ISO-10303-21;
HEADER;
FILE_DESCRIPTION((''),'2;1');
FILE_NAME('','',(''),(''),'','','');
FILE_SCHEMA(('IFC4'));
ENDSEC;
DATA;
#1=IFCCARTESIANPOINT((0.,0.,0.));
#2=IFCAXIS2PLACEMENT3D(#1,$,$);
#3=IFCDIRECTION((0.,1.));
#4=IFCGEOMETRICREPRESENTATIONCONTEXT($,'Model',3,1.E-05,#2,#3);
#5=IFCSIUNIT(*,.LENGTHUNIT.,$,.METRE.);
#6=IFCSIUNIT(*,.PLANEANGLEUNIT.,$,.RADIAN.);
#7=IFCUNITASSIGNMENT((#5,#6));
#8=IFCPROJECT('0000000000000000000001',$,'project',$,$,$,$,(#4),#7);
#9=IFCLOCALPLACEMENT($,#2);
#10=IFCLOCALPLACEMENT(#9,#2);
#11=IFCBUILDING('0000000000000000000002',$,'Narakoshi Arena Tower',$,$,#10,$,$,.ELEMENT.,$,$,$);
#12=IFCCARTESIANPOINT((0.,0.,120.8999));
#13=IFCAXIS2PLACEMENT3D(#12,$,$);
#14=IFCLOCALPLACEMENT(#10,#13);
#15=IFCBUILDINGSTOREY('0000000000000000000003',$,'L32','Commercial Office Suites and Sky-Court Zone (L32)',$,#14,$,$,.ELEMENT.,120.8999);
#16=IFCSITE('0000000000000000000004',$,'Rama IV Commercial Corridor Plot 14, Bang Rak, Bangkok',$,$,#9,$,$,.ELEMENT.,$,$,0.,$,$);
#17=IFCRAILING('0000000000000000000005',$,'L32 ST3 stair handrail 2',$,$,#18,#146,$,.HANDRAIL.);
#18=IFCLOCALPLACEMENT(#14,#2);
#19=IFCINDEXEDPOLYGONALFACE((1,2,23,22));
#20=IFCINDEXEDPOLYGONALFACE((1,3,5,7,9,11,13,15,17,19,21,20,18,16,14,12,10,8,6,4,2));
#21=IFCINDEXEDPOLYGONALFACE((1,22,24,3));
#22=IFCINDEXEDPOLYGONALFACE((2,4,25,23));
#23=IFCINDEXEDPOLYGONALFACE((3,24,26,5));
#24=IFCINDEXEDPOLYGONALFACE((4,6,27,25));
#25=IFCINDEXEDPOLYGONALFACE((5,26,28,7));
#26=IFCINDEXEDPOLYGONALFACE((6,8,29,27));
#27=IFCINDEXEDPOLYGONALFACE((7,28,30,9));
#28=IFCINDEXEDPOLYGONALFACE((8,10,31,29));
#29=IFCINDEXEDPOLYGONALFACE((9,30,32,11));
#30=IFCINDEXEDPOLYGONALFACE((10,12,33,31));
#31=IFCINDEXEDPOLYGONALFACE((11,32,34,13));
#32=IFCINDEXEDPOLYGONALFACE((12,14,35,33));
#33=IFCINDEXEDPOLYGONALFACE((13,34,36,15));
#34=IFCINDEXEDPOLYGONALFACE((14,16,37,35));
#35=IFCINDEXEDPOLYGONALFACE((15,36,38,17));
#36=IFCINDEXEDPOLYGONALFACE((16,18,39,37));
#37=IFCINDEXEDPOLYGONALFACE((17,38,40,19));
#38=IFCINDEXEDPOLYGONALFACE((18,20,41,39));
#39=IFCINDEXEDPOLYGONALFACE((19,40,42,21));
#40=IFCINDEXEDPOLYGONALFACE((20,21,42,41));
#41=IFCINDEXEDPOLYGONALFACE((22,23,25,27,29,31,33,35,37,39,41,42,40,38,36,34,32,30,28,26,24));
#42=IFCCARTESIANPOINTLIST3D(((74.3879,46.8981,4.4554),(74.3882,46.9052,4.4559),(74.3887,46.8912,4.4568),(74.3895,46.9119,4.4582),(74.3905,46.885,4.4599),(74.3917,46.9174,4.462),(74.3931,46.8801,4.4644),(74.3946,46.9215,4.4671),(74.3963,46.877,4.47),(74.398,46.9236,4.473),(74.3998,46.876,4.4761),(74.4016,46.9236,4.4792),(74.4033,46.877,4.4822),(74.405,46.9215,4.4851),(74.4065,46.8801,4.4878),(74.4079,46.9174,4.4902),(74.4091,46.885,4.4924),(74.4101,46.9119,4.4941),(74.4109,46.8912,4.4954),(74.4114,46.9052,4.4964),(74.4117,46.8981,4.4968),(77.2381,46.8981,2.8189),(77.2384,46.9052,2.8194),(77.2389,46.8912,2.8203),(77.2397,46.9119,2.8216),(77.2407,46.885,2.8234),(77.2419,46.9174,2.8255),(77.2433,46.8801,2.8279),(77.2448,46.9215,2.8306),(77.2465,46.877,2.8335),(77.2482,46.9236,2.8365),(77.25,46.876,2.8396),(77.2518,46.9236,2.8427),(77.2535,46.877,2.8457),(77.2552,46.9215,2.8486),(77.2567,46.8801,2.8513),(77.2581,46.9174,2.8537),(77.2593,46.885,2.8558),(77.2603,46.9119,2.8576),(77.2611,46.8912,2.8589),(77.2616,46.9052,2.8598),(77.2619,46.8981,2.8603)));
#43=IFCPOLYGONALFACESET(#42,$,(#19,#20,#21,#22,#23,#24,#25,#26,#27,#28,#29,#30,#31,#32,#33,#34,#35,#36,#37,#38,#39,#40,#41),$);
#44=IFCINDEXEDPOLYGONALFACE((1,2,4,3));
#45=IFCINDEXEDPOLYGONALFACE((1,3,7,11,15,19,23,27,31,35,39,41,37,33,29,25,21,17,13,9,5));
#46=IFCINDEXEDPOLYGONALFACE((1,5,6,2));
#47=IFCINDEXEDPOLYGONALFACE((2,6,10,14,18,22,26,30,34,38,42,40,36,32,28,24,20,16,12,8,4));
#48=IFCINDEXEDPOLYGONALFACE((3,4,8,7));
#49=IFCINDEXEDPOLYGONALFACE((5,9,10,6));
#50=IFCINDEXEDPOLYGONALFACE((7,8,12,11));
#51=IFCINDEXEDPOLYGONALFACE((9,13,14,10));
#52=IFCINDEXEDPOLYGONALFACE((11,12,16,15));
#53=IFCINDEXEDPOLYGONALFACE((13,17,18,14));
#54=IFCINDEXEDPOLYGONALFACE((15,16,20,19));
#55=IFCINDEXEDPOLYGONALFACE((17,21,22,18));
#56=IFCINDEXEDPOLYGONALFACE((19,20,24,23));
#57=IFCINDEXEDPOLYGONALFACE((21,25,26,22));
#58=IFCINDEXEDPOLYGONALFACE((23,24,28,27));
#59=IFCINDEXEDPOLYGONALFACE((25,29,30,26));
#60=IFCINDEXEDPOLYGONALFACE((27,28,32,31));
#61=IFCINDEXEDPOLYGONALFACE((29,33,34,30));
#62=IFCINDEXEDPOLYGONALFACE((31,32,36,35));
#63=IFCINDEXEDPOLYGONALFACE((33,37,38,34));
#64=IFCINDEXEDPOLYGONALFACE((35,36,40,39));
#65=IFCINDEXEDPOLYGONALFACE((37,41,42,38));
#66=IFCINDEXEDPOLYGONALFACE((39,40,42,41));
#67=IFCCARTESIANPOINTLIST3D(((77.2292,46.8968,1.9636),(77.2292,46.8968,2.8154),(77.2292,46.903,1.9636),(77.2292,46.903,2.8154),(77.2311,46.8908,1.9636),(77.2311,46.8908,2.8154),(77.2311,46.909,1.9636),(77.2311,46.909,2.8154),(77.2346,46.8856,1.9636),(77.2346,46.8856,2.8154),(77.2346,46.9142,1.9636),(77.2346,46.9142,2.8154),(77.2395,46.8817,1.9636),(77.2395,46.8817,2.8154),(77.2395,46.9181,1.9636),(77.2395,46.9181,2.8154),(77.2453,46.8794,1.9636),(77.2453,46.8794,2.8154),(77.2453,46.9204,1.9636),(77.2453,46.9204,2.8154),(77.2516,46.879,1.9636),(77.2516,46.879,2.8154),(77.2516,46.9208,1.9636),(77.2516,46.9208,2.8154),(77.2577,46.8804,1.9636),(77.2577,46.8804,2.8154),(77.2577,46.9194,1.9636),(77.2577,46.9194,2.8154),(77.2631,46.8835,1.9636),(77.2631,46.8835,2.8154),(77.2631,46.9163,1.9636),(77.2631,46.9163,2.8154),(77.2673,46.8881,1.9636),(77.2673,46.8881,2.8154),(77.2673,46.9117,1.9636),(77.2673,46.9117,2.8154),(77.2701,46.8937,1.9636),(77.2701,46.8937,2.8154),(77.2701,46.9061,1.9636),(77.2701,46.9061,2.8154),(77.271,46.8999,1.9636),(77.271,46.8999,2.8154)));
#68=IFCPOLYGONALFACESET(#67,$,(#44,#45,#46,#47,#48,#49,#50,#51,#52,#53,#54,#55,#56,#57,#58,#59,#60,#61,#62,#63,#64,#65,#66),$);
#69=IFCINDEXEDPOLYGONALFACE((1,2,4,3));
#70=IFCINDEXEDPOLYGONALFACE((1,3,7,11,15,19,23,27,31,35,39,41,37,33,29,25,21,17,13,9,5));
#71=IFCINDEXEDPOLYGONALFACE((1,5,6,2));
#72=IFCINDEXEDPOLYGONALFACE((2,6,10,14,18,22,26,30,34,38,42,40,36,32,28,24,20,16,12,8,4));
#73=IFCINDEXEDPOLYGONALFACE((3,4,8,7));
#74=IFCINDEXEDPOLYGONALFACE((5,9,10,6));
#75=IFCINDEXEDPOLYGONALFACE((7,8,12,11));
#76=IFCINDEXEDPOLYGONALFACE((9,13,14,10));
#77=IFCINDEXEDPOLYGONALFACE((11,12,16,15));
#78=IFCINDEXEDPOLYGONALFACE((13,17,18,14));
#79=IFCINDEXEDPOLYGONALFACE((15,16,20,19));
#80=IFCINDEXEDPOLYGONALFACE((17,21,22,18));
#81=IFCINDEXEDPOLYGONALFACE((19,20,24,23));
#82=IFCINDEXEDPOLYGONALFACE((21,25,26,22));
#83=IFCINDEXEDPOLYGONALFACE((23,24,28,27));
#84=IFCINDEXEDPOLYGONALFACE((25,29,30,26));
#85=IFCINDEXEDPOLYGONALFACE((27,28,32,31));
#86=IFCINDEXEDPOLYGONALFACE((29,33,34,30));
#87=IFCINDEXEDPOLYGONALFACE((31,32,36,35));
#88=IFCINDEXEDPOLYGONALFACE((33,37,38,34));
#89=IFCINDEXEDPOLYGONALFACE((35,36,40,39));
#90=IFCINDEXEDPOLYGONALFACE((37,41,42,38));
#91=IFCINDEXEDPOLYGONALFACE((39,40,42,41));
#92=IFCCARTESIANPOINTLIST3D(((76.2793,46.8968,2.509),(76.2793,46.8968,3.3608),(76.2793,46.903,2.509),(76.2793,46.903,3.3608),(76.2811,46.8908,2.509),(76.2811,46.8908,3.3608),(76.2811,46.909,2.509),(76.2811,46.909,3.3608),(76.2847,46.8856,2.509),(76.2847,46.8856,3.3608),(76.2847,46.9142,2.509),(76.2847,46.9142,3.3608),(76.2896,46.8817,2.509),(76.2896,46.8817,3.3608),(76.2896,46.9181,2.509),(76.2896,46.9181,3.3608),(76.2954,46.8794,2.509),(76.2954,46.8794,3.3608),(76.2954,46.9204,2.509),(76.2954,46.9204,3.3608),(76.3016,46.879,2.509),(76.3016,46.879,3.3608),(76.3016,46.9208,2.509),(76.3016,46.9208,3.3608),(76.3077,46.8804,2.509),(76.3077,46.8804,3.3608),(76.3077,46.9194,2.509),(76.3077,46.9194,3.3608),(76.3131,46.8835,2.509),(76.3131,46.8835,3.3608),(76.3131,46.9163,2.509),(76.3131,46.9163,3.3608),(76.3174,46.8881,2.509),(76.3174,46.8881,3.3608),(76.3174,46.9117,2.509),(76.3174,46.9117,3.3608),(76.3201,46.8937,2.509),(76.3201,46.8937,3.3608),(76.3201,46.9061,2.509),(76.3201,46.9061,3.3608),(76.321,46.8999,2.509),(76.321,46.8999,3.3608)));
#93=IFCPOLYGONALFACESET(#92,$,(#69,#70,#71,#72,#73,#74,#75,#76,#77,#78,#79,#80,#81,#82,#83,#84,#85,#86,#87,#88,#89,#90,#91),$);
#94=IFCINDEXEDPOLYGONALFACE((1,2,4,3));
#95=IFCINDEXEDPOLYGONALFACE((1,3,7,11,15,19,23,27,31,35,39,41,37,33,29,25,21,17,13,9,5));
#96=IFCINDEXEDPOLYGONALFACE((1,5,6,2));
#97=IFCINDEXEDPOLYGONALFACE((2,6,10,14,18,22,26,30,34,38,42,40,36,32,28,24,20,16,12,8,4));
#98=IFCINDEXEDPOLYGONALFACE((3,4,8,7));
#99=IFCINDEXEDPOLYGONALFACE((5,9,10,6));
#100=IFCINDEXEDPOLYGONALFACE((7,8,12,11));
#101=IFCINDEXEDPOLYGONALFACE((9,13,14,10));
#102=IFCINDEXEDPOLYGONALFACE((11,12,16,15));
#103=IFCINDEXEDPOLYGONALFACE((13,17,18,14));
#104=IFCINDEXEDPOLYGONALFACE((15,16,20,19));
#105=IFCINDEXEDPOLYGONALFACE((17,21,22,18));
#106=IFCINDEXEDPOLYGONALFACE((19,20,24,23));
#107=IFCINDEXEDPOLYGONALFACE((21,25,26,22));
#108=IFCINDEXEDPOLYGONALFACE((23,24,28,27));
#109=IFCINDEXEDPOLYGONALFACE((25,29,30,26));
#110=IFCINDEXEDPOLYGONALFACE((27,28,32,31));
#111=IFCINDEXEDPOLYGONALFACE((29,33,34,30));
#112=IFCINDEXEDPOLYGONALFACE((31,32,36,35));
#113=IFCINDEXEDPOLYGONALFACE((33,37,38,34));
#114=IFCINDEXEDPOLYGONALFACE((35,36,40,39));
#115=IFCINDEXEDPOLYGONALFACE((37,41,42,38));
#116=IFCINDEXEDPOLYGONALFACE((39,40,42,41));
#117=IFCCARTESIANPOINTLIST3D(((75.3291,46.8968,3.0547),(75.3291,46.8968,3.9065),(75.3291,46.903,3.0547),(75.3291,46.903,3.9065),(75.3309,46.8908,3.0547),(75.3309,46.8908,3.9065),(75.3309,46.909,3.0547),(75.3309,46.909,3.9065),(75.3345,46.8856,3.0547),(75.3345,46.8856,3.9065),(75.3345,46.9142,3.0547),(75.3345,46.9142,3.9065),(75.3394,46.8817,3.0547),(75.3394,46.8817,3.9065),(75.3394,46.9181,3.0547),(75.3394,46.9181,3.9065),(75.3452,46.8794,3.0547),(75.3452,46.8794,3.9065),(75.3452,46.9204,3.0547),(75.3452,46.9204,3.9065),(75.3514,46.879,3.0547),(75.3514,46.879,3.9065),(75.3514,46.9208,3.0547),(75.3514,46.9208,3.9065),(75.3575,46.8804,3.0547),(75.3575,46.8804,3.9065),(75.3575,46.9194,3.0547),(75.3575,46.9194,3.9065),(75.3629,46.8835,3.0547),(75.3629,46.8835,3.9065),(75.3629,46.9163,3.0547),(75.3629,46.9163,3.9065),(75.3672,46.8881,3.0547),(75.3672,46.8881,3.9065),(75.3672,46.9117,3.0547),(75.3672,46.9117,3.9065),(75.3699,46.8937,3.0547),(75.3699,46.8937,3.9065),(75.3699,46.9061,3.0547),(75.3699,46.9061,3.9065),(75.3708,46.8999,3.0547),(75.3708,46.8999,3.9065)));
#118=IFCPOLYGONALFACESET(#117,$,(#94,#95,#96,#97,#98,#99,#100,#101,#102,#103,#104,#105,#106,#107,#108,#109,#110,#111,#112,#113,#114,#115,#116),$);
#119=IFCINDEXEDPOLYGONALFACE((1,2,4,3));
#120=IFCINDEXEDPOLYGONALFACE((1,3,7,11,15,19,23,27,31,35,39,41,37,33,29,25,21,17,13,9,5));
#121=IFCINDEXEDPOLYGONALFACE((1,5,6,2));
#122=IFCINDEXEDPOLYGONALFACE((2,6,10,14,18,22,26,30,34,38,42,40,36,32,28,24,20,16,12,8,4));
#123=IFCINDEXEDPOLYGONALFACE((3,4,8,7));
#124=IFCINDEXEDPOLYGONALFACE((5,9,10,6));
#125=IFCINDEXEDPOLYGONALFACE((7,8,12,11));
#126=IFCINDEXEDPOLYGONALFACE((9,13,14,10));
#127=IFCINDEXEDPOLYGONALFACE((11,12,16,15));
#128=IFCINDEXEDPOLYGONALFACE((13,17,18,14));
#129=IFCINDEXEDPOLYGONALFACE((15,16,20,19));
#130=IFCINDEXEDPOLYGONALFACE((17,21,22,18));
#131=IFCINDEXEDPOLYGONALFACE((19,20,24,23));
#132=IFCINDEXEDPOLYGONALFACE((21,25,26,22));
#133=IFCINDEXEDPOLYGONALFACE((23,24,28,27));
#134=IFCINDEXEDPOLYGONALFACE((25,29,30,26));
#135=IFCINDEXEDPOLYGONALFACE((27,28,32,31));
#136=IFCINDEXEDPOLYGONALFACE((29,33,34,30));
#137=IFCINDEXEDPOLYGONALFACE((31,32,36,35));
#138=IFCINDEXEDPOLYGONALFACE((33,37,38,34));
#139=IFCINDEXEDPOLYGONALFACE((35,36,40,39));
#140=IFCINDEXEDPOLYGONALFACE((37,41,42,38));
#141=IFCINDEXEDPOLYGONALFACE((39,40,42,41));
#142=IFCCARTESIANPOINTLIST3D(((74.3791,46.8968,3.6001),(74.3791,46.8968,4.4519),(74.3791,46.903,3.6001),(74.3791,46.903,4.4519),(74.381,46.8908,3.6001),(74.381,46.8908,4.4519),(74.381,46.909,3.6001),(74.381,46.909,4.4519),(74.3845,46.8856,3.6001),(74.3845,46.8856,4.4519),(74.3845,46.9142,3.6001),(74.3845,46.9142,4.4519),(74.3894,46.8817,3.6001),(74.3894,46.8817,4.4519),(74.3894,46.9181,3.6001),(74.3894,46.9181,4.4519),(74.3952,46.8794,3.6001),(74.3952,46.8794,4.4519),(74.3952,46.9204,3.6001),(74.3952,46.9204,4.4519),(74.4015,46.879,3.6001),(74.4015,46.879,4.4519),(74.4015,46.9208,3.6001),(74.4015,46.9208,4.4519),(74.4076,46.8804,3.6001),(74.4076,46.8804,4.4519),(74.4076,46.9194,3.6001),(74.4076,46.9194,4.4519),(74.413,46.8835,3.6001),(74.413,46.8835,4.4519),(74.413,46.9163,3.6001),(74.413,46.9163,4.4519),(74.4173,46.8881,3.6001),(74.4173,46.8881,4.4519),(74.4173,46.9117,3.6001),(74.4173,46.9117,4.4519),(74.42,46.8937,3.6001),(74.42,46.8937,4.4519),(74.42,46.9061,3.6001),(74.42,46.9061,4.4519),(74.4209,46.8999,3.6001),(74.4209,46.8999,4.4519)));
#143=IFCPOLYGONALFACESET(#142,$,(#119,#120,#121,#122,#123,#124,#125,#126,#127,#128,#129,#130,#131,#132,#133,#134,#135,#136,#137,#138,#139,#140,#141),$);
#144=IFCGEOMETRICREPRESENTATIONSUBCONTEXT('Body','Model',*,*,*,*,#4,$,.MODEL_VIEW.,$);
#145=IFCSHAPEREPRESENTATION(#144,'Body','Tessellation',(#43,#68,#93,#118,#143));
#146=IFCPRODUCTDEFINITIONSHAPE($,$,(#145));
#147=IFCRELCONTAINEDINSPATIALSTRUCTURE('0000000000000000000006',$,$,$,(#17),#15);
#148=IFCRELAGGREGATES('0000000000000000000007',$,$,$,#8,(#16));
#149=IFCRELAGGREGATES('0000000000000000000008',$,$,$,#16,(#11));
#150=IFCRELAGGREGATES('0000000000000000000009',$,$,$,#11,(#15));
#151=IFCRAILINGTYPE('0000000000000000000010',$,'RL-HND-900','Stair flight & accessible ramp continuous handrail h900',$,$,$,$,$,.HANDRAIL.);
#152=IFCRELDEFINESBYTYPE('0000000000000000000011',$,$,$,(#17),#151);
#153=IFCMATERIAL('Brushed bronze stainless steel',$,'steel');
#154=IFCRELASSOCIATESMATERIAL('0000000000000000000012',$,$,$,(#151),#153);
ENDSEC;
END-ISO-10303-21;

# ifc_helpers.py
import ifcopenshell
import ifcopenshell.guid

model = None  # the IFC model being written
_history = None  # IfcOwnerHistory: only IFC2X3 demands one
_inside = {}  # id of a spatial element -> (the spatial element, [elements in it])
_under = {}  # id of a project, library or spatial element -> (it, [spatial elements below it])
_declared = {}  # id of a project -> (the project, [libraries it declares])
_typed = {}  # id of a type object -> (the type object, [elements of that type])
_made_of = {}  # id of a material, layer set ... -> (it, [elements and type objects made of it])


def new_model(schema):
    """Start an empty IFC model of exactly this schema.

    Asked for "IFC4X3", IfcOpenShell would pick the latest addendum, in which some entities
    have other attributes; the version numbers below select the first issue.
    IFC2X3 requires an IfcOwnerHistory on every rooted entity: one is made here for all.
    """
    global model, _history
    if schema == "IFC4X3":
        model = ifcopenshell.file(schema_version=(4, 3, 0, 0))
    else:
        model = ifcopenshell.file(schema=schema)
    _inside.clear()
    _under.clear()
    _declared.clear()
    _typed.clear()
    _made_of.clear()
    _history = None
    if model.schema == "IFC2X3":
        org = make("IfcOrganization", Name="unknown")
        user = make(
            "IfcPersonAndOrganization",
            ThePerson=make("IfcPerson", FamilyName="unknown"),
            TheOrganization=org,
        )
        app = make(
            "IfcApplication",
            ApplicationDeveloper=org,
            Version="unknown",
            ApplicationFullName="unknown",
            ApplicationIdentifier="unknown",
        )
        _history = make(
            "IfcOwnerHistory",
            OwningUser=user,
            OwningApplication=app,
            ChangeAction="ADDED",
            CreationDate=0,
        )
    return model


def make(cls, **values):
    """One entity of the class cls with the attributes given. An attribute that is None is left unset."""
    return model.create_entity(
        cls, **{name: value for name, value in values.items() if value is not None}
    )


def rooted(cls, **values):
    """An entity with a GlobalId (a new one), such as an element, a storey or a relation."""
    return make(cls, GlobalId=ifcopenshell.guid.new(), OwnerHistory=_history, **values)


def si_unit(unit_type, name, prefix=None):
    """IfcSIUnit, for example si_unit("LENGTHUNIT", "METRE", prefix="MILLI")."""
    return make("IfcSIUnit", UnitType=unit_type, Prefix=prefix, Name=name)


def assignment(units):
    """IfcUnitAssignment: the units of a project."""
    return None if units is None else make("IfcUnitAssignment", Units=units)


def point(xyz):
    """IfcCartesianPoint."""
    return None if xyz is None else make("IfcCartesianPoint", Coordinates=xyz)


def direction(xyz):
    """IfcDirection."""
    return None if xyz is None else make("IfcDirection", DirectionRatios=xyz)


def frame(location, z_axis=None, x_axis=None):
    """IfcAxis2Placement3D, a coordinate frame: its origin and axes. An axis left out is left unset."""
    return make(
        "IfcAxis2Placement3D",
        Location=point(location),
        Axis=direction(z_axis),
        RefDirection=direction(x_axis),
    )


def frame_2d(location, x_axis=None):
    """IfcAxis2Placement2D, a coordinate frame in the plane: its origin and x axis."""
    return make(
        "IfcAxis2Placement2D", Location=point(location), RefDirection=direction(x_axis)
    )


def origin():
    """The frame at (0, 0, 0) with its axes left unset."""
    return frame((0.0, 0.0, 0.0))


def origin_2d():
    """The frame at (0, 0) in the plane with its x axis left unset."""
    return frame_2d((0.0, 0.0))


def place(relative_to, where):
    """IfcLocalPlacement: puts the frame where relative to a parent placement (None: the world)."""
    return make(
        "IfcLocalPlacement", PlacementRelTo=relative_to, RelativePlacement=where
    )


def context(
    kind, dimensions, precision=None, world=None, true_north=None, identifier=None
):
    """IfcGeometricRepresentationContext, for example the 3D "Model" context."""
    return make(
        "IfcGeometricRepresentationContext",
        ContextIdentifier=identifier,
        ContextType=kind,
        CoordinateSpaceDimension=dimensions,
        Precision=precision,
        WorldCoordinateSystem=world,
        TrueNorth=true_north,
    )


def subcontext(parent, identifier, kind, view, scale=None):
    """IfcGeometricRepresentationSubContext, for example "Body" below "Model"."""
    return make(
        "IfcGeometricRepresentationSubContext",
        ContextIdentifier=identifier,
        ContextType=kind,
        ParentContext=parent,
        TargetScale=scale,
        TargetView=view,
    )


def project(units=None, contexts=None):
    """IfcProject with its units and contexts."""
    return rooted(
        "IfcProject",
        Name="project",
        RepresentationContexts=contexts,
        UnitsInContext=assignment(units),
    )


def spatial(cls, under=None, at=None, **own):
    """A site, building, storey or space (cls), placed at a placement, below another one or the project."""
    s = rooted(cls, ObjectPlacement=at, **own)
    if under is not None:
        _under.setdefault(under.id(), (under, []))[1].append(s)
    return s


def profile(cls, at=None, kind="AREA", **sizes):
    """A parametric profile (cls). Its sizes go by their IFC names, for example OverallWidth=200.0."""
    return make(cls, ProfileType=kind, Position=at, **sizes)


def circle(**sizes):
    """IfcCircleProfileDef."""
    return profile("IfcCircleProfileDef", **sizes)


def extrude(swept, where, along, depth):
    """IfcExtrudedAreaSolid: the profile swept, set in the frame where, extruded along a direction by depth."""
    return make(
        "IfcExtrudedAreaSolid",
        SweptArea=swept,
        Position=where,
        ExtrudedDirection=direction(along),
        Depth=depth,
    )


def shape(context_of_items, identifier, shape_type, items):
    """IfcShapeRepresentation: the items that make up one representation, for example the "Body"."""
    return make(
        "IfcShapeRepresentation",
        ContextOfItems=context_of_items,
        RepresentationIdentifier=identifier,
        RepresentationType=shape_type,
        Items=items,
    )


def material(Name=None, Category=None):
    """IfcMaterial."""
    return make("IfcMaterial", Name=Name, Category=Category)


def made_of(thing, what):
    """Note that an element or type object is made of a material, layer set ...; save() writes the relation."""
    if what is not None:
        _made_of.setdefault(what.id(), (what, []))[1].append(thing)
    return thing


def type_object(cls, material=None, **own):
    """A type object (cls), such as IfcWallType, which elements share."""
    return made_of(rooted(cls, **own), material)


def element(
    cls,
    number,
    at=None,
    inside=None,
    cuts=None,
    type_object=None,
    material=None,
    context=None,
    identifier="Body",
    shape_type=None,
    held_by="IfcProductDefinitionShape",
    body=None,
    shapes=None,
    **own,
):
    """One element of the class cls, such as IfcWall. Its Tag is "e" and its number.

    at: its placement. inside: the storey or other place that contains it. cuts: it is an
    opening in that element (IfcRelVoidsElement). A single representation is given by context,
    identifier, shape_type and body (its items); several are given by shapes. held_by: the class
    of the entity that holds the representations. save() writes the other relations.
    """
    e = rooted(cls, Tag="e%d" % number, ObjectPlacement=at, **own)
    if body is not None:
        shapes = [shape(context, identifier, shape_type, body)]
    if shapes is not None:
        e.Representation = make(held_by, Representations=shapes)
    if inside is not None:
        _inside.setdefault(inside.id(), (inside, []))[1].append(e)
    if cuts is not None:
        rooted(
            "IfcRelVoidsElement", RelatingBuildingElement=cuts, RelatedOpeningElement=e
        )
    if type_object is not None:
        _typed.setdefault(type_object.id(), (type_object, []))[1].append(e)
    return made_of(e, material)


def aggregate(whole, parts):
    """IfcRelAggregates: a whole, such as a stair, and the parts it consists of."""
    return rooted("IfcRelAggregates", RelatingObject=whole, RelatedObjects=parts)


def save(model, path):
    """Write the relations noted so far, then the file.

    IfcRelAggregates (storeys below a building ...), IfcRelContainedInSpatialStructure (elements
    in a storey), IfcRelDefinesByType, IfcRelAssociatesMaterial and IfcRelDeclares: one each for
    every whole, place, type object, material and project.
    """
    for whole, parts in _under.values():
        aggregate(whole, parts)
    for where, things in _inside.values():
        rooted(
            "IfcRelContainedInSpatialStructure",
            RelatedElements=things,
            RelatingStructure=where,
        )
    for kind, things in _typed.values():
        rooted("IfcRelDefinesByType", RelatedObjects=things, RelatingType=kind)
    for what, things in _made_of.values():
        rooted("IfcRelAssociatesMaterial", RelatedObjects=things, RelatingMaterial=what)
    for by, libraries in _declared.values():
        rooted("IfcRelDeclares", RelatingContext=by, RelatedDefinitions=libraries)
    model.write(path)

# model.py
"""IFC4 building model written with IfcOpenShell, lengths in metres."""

from ifc_helpers import new_model, si_unit, direction, frame, origin, origin_2d, place, context, subcontext, project, spatial, circle, extrude, material, type_object, element, save


model = new_model("IFC4")

# Units and contexts
model_context = context("Model", 3, precision=1e-05, world=origin(), true_north=direction((0.0, 1.0)))
body_context = subcontext(model_context, "Body", "Model", "MODEL_VIEW")
ifc_project = project(units=[si_unit("LENGTHUNIT", "METRE"), si_unit("PLANEANGLEUNIT", "RADIAN")], contexts=[model_context])

# Site, building, storey
site_placement = place(None, origin())
site = spatial("IfcSite", under=ifc_project, at=site_placement, Name="Rama IV Commercial Corridor Plot 14, Bang Rak, Bangkok", CompositionType="ELEMENT", RefElevation=0.0)
building_placement = place(site_placement, origin())
building = spatial("IfcBuilding", under=site, at=building_placement, Name="Narakoshi Arena Tower", CompositionType="ELEMENT")
storey_placement = place(building_placement, frame((0.0, 0.0, 120.8999)))
storey = spatial("IfcBuildingStorey", under=building, at=storey_placement, Name="L32", Description="Commercial Office Suites and Sky-Court Zone (L32)", CompositionType="ELEMENT", Elevation=120.8999)

# Shared definitions
ifc_material_1 = material(Name="Brushed bronze stainless steel", Category="steel")

# Railing
railing_type_1 = type_object("IfcRailingType", Name="RL-HND-900", Description="Stair flight & accessible ramp continuous handrail h900", PredefinedType="HANDRAIL", material=ifc_material_1)
railing_1_placement = place(storey_placement, frame((77.25, 46.8999, 1.9636)))
element("IfcRailing", 1, at=railing_1_placement, inside=storey, type_object=railing_type_1, Name="L32 ST3 stair handrail 2", PredefinedType="HANDRAIL", context=body_context, shape_type="SweptSolid", body=[
    extrude(circle(Radius=0.0239, at=origin_2d()), frame((0.0, 0.0, 0.876), z_axis=(-0.867213, 0.0, 0.497938), x_axis=(0.0, -1.0, 0.0)), (0.0, 0.0, 1.0), 3.2866),
    extrude(circle(Radius=0.021, at=origin_2d()), origin(), (0.0, 0.0, 1.0), 0.8518),
    extrude(circle(Radius=0.021, at=origin_2d()), frame((-0.95, 0.0, 0.5454)), (0.0, 0.0, 1.0), 0.8518),
    extrude(circle(Radius=0.021, at=origin_2d()), frame((-1.9001, 0.0, 1.0911)), (0.0, 0.0, 1.0), 0.8518),
    extrude(circle(Radius=0.021, at=origin_2d()), frame((-2.8501, 0.0, 1.6365)), (0.0, 0.0, 1.0), 0.8518),
])

save(model, "model.ifc")
